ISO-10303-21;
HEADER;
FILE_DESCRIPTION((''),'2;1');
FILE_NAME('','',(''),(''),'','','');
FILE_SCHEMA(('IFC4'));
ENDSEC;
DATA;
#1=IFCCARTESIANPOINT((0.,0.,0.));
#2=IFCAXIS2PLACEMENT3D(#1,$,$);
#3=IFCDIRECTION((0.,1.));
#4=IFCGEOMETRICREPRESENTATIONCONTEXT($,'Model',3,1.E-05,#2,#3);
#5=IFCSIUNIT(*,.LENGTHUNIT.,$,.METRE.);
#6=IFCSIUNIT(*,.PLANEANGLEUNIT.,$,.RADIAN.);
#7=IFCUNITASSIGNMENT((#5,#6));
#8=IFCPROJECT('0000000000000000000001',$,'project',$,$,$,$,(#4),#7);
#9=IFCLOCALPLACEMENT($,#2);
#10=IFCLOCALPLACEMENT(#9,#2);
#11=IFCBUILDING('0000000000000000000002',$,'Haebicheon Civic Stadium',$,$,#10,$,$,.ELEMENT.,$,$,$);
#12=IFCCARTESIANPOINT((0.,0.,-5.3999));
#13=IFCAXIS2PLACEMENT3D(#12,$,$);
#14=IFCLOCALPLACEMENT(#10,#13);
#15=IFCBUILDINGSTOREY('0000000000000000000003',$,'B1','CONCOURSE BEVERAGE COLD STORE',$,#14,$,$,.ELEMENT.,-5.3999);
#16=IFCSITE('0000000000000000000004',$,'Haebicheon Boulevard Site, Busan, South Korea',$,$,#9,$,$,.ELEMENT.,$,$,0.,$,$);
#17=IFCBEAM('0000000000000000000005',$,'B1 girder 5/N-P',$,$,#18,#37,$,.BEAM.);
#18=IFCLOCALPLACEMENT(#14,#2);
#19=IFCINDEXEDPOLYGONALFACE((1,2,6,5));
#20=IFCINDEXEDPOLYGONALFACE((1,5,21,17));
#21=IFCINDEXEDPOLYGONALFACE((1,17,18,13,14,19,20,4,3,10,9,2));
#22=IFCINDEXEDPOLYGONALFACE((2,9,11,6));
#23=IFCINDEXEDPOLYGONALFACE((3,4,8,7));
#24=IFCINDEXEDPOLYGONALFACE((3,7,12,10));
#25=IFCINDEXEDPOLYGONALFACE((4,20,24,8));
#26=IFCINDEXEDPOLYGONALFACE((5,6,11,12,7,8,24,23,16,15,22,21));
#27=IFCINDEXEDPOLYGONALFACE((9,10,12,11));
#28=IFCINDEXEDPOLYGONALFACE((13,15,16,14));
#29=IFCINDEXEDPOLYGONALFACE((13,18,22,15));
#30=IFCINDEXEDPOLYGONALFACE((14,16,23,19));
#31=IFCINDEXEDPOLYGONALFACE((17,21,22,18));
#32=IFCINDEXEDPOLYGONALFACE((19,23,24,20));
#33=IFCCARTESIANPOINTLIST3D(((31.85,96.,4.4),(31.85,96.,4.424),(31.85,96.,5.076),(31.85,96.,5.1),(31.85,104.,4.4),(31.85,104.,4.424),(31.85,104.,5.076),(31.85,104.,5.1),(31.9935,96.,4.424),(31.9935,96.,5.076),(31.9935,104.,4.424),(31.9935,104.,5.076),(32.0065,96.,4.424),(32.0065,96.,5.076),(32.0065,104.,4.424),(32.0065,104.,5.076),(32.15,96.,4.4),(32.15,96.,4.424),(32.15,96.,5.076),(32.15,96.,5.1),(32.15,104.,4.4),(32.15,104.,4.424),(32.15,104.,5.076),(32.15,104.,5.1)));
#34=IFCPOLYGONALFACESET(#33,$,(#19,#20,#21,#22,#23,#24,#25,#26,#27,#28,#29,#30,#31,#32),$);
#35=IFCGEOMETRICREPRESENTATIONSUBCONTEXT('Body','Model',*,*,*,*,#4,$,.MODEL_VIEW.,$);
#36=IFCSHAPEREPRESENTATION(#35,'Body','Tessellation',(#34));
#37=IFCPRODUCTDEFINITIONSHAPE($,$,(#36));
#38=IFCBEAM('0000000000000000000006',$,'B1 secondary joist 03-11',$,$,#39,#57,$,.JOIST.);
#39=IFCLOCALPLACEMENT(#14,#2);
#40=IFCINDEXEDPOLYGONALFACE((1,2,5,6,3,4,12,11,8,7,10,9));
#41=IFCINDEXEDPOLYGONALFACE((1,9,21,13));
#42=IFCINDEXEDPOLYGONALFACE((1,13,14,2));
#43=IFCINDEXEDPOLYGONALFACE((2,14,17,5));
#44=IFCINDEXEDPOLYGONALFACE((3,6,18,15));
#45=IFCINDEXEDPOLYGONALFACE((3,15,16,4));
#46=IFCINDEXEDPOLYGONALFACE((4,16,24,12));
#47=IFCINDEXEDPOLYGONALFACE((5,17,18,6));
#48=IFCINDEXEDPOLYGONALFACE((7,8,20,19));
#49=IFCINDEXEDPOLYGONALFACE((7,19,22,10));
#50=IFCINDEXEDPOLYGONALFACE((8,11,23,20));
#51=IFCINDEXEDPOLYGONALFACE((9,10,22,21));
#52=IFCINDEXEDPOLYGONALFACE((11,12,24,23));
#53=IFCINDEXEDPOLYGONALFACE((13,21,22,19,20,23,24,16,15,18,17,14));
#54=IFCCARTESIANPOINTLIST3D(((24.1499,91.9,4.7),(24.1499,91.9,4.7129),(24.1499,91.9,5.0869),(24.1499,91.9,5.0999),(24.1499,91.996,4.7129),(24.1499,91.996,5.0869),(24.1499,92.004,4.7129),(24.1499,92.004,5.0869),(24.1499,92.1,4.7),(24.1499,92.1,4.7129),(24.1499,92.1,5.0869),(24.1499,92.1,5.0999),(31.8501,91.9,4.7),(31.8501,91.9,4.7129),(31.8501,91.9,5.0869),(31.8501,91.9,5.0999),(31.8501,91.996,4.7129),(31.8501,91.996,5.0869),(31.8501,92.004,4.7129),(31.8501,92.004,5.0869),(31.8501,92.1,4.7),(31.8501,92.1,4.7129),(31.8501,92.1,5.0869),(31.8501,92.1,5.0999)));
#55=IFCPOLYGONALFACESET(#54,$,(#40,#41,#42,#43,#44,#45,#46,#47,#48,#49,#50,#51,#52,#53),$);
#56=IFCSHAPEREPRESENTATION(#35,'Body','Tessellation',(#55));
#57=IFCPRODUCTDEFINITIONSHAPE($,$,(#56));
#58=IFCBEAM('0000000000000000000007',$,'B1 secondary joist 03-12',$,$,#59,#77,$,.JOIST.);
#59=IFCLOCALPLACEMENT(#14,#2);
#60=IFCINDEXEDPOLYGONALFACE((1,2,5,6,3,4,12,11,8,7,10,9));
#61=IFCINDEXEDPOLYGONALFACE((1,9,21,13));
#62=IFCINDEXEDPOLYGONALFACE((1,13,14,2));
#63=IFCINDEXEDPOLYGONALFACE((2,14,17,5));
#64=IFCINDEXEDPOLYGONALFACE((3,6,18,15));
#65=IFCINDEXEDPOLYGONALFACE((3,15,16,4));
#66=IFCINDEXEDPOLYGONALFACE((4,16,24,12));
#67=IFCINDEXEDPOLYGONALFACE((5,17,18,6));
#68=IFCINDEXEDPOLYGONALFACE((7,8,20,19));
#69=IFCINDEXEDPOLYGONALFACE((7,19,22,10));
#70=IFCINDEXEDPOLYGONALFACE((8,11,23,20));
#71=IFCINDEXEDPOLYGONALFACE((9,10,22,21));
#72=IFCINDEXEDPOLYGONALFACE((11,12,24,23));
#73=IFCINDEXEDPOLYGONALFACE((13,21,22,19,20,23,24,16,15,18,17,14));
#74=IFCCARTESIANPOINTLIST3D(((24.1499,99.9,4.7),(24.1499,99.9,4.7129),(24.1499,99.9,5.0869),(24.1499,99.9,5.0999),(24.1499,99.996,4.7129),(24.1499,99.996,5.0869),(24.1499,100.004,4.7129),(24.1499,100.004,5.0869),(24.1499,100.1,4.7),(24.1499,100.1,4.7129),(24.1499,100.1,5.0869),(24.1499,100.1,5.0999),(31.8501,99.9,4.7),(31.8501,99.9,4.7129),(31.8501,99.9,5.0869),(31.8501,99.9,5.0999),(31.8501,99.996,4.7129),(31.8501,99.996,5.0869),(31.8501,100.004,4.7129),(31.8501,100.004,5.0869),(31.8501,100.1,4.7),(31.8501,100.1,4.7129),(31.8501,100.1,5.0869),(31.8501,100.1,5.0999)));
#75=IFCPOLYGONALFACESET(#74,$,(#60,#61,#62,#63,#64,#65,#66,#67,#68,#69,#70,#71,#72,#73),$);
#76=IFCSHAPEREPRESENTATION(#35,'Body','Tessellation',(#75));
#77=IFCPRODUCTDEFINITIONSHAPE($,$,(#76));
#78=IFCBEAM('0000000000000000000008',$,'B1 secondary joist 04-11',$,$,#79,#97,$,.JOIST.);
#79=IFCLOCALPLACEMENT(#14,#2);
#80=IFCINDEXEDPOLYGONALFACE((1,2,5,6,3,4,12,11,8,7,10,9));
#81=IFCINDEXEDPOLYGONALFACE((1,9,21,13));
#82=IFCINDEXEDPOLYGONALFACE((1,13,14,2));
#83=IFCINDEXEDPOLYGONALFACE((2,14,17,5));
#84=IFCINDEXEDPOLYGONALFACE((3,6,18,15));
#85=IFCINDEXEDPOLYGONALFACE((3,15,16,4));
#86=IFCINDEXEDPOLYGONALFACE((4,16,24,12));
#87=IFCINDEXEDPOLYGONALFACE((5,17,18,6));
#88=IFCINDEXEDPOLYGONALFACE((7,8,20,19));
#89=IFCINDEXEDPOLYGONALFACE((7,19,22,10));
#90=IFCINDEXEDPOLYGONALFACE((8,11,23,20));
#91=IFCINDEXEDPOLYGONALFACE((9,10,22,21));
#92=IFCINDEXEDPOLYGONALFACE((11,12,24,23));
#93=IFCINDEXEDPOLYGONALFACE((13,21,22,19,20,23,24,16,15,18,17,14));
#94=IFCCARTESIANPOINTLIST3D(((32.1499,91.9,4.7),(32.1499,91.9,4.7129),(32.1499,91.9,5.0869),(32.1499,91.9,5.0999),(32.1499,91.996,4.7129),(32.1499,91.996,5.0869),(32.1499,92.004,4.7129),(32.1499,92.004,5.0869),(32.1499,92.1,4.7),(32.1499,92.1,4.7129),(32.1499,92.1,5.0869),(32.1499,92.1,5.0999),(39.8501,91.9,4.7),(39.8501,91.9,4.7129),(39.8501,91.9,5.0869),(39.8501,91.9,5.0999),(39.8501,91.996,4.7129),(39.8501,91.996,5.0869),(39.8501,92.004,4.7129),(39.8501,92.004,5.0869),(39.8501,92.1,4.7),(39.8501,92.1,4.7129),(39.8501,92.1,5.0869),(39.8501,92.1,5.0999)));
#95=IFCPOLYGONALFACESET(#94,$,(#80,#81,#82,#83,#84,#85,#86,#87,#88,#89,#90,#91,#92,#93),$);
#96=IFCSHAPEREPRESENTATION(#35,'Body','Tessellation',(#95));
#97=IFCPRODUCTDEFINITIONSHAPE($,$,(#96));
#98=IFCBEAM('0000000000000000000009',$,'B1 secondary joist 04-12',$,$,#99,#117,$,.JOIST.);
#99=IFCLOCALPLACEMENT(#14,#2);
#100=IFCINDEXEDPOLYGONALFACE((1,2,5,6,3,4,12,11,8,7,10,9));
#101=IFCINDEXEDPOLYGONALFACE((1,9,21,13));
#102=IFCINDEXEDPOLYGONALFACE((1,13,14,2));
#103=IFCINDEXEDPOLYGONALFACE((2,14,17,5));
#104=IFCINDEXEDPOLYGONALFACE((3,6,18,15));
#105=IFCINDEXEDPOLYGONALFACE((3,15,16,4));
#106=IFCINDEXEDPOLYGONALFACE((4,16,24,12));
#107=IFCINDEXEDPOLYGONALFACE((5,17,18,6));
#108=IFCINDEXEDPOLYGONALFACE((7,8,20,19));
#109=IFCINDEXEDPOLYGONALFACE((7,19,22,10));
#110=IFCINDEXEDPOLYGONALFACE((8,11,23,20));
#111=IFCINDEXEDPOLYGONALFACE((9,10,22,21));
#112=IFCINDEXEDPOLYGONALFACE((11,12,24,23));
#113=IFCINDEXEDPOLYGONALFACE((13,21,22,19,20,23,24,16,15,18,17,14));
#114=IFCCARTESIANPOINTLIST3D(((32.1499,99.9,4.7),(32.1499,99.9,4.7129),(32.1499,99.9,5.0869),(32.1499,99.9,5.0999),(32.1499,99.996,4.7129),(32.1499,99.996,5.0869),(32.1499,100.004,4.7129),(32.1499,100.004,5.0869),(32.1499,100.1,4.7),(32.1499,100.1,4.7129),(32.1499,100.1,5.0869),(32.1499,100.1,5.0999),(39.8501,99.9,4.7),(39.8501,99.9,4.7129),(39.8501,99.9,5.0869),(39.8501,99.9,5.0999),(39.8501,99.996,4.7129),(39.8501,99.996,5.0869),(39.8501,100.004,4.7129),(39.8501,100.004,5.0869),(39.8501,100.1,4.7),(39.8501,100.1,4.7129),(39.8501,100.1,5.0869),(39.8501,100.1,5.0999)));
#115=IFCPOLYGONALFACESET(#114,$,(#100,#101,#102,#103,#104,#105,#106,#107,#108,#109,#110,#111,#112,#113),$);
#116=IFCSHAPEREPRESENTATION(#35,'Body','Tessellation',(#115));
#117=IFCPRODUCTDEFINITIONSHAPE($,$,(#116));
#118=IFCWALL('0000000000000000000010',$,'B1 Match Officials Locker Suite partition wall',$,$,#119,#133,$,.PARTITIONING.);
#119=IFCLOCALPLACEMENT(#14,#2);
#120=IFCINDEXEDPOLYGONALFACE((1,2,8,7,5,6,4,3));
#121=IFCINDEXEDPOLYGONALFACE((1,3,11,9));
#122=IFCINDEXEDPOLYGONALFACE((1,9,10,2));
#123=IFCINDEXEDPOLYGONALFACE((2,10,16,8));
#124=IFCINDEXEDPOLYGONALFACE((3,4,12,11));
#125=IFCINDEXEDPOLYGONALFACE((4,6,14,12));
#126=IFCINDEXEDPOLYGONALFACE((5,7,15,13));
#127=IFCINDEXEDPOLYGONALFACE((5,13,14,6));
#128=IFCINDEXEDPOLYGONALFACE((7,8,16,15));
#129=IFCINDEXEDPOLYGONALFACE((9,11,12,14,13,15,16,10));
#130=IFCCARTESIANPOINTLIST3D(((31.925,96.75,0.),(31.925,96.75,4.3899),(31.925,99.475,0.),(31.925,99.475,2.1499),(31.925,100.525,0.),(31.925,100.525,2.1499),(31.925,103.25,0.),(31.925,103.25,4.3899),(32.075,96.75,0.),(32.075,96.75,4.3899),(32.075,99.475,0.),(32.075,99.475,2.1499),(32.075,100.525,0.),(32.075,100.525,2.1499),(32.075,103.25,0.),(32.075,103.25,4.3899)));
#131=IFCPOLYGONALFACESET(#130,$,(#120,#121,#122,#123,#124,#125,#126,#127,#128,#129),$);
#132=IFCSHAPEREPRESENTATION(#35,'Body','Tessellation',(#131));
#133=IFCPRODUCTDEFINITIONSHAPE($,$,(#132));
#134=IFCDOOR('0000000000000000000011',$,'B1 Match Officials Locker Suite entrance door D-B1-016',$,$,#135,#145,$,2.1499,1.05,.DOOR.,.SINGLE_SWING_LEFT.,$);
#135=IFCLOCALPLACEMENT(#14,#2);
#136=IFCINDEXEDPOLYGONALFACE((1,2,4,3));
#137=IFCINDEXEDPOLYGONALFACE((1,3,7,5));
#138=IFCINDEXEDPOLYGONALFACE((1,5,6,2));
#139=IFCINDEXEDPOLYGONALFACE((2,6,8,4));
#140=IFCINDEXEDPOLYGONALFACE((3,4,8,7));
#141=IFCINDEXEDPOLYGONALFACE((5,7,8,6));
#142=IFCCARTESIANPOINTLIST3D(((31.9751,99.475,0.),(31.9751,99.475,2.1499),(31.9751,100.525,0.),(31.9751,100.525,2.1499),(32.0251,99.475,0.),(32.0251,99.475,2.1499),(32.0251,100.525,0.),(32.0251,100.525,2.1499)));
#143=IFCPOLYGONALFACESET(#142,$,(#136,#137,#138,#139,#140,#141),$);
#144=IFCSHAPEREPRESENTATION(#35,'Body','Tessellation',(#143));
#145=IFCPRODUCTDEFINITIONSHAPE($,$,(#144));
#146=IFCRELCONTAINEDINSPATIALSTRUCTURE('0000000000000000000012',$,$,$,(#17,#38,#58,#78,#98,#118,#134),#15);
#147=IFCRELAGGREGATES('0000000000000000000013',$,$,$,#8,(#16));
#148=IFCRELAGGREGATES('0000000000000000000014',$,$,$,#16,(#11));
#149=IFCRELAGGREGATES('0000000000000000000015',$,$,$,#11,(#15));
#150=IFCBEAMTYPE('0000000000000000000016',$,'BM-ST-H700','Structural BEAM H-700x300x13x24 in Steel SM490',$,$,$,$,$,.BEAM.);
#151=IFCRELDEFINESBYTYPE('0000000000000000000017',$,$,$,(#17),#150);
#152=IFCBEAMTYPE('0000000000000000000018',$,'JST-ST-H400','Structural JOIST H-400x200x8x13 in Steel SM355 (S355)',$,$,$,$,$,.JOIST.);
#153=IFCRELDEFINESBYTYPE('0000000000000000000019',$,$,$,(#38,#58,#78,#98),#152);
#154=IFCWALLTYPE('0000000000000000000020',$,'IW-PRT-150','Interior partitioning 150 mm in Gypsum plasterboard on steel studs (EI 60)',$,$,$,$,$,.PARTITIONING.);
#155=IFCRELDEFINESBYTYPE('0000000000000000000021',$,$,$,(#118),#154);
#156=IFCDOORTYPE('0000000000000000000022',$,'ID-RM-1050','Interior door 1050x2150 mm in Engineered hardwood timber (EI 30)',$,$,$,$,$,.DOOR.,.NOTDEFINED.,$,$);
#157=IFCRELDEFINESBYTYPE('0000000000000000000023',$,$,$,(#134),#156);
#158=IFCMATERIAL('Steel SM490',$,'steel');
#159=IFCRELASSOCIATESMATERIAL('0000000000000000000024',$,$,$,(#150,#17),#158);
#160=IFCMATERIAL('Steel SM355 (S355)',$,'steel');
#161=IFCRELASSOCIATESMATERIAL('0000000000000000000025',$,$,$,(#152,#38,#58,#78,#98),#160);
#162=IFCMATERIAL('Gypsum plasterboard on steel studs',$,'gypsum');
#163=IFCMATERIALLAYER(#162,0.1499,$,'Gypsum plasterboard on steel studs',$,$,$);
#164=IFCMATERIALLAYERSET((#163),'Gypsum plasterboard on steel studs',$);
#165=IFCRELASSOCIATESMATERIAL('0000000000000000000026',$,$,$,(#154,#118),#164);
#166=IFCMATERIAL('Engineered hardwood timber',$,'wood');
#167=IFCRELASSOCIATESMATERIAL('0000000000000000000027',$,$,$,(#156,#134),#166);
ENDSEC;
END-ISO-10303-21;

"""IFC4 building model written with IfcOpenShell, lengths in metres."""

from ifc_helpers import new_model, si_unit, direction, frame, frame_2d, origin, origin_2d, place, context, subcontext, project, spatial, rectangle, i_section, extrude, material, layer, layer_set, material_profile, profile_set, type_object, element, fill, save


model = new_model("IFC4")

# Units and contexts
model_context = context("Model", 3, precision=1e-05, world=origin(), true_north=direction((0.0, 1.0)))
body_context = subcontext(model_context, "Body", "Model", "MODEL_VIEW")
ifc_project = project(units=[si_unit("LENGTHUNIT", "METRE"), si_unit("PLANEANGLEUNIT", "RADIAN")], contexts=[model_context])

# Site, building, storey
site_placement = place(None, origin())
site = spatial("IfcSite", under=ifc_project, at=site_placement, Name="Haebicheon Boulevard Site, Busan, South Korea", CompositionType="ELEMENT", RefElevation=0.0)
building_placement = place(site_placement, origin())
building = spatial("IfcBuilding", under=site, at=building_placement, Name="Haebicheon Civic Stadium", CompositionType="ELEMENT")
storey_placement = place(building_placement, frame((0.0, 0.0, -5.3999)))
storey = spatial("IfcBuildingStorey", under=building, at=storey_placement, Name="B1", Description="CONCOURSE BEVERAGE COLD STORE", CompositionType="ELEMENT", Elevation=-5.3999)

# Beams
ifc_material_1 = material(Name="Steel SM490", Category="steel")
ifc_material_profile_1 = material_profile(ifc_material_1, i_section(OverallWidth=0.3, OverallDepth=0.7, WebThickness=0.0129, FlangeThickness=0.0239, at=origin_2d()), Name="H-700x300x13x24")
ifc_profile_set_1 = profile_set([ifc_material_profile_1], Name="Steel SM490")
beam_type_1 = type_object("IfcBeamType", Name="BM-ST-H700", Description="Structural BEAM H-700x300x13x24 in Steel SM490", PredefinedType="BEAM", material=ifc_profile_set_1)
beam_1_placement = place(storey_placement, frame((32.0, 96.0, 4.75), z_axis=(0.0, 1.0, 0.0), x_axis=(-1.0, 0.0, 0.0)))
element("IfcBeam", 1, at=beam_1_placement, inside=storey, type_object=beam_type_1, material=ifc_profile_set_1, Name="B1 girder 5/N-P", PredefinedType="BEAM", context=body_context, shape_type="SweptSolid", body=[
    extrude(i_section(OverallWidth=0.3, OverallDepth=0.7, WebThickness=0.0129, FlangeThickness=0.0239, at=origin_2d()), origin(), (0.0, 0.0, 1.0), 8.0),
])
ifc_material_2 = material(Name="Steel SM355 (S355)", Category="steel")
ifc_material_profile_2 = material_profile(ifc_material_2, i_section(OverallWidth=0.2, OverallDepth=0.3999, WebThickness=0.0081, FlangeThickness=0.0129, at=origin_2d()), Name="H-400x200x8x13")
ifc_profile_set_2 = profile_set([ifc_material_profile_2], Name="Steel SM355 (S355)")
beam_type_2 = type_object("IfcBeamType", Name="JST-ST-H400", Description="Structural JOIST H-400x200x8x13 in Steel SM355 (S355)", PredefinedType="JOIST", material=ifc_profile_set_2)
for number, where, z_axis, x_axis, name in (
    (2, (24.1499, 92.0, 4.8999), (1.0, 0.0, 0.0), (0.0, 1.0, 0.0), "B1 secondary joist 03-11"),
    (3, (24.1499, 100.0, 4.8999), (1.0, 0.0, 0.0), (0.0, 1.0, 0.0), "B1 secondary joist 03-12"),
    (4, (32.1499, 92.0, 4.8999), (1.0, 0.0, 0.0), (0.0, 1.0, 0.0), "B1 secondary joist 04-11"),
    (5, (32.1499, 100.0, 4.8999), (1.0, 0.0, 0.0), (0.0, 1.0, 0.0), "B1 secondary joist 04-12"),
):
    element("IfcBeam", number, at=place(storey_placement, frame(where, z_axis=z_axis, x_axis=x_axis)), inside=storey, type_object=beam_type_2, material=ifc_profile_set_2, Name=name, PredefinedType="JOIST", context=body_context, shape_type="SweptSolid", body=[
        extrude(i_section(OverallWidth=0.2, OverallDepth=0.3999, WebThickness=0.0081, FlangeThickness=0.0129, at=origin_2d()), origin(), (0.0, 0.0, 1.0), 7.7002),
    ])

# Wall, opening, door
ifc_material_3 = material(Name="Gypsum plasterboard on steel studs", Category="gypsum")
ifc_layer_1 = layer(ifc_material_3, 0.1499, Name="Gypsum plasterboard on steel studs")
ifc_layer_set_1 = layer_set([ifc_layer_1], Name="Gypsum plasterboard on steel studs")
wall_type = type_object("IfcWallType", Name="IW-PRT-150", Description="Interior partitioning 150 mm in Gypsum plasterboard on steel studs (EI 60)", PredefinedType="PARTITIONING", material=ifc_layer_set_1)
wall_placement = place(storey_placement, frame((32.0, 96.75, 0.0), z_axis=(0.0, 0.0, 1.0), x_axis=(0.0, 1.0, 0.0)))
wall = element("IfcWall", 6, at=wall_placement, inside=storey, type_object=wall_type, material=ifc_layer_set_1, Name="B1 Match Officials Locker Suite partition wall", PredefinedType="PARTITIONING", context=body_context, shape_type="SweptSolid", body=[
    extrude(rectangle(XDim=6.5, YDim=0.1499, at=frame_2d((3.25, 0.0))), origin(), (0.0, 0.0, 1.0), 4.3899),
])
opening_placement = place(wall_placement, frame((2.7251, 0.0, 0.0)))
opening = element("IfcOpeningElement", 7, at=opening_placement, cuts=wall, PredefinedType="OPENING", context=body_context, shape_type="SweptSolid", body=[
    extrude(rectangle(XDim=1.05, YDim=2.1499, at=frame_2d((0.5249, 1.075))), frame((0.0, 0.085, 0.0), z_axis=(0.0, -1.0, 0.0), x_axis=(1.0, 0.0, 0.0)), (0.0, 0.0, 1.0), 0.1699),
])
ifc_material_4 = material(Name="Engineered hardwood timber", Category="wood")
door_type = type_object("IfcDoorType", Name="ID-RM-1050", Description="Interior door 1050x2150 mm in Engineered hardwood timber (EI 30)", OperationType="NOTDEFINED", PredefinedType="DOOR", material=ifc_material_4)
door_placement = place(opening_placement, origin())
door = element("IfcDoor", 8, at=door_placement, inside=storey, type_object=door_type, material=ifc_material_4, Name="B1 Match Officials Locker Suite entrance door D-B1-016", OperationType="SINGLE_SWING_LEFT", OverallHeight=2.1499, OverallWidth=1.05, PredefinedType="DOOR", context=body_context, shape_type="SweptSolid", body=[
    extrude(rectangle(XDim=1.05, YDim=2.1499, at=frame_2d((0.5249, 1.075))), frame((0.0, 0.0249, 0.0), z_axis=(0.0, -1.0, 0.0), x_axis=(1.0, 0.0, 0.0)), (0.0, 0.0, 1.0), 0.05),
])
fill(opening, door)

save(model, "model.ifc")
